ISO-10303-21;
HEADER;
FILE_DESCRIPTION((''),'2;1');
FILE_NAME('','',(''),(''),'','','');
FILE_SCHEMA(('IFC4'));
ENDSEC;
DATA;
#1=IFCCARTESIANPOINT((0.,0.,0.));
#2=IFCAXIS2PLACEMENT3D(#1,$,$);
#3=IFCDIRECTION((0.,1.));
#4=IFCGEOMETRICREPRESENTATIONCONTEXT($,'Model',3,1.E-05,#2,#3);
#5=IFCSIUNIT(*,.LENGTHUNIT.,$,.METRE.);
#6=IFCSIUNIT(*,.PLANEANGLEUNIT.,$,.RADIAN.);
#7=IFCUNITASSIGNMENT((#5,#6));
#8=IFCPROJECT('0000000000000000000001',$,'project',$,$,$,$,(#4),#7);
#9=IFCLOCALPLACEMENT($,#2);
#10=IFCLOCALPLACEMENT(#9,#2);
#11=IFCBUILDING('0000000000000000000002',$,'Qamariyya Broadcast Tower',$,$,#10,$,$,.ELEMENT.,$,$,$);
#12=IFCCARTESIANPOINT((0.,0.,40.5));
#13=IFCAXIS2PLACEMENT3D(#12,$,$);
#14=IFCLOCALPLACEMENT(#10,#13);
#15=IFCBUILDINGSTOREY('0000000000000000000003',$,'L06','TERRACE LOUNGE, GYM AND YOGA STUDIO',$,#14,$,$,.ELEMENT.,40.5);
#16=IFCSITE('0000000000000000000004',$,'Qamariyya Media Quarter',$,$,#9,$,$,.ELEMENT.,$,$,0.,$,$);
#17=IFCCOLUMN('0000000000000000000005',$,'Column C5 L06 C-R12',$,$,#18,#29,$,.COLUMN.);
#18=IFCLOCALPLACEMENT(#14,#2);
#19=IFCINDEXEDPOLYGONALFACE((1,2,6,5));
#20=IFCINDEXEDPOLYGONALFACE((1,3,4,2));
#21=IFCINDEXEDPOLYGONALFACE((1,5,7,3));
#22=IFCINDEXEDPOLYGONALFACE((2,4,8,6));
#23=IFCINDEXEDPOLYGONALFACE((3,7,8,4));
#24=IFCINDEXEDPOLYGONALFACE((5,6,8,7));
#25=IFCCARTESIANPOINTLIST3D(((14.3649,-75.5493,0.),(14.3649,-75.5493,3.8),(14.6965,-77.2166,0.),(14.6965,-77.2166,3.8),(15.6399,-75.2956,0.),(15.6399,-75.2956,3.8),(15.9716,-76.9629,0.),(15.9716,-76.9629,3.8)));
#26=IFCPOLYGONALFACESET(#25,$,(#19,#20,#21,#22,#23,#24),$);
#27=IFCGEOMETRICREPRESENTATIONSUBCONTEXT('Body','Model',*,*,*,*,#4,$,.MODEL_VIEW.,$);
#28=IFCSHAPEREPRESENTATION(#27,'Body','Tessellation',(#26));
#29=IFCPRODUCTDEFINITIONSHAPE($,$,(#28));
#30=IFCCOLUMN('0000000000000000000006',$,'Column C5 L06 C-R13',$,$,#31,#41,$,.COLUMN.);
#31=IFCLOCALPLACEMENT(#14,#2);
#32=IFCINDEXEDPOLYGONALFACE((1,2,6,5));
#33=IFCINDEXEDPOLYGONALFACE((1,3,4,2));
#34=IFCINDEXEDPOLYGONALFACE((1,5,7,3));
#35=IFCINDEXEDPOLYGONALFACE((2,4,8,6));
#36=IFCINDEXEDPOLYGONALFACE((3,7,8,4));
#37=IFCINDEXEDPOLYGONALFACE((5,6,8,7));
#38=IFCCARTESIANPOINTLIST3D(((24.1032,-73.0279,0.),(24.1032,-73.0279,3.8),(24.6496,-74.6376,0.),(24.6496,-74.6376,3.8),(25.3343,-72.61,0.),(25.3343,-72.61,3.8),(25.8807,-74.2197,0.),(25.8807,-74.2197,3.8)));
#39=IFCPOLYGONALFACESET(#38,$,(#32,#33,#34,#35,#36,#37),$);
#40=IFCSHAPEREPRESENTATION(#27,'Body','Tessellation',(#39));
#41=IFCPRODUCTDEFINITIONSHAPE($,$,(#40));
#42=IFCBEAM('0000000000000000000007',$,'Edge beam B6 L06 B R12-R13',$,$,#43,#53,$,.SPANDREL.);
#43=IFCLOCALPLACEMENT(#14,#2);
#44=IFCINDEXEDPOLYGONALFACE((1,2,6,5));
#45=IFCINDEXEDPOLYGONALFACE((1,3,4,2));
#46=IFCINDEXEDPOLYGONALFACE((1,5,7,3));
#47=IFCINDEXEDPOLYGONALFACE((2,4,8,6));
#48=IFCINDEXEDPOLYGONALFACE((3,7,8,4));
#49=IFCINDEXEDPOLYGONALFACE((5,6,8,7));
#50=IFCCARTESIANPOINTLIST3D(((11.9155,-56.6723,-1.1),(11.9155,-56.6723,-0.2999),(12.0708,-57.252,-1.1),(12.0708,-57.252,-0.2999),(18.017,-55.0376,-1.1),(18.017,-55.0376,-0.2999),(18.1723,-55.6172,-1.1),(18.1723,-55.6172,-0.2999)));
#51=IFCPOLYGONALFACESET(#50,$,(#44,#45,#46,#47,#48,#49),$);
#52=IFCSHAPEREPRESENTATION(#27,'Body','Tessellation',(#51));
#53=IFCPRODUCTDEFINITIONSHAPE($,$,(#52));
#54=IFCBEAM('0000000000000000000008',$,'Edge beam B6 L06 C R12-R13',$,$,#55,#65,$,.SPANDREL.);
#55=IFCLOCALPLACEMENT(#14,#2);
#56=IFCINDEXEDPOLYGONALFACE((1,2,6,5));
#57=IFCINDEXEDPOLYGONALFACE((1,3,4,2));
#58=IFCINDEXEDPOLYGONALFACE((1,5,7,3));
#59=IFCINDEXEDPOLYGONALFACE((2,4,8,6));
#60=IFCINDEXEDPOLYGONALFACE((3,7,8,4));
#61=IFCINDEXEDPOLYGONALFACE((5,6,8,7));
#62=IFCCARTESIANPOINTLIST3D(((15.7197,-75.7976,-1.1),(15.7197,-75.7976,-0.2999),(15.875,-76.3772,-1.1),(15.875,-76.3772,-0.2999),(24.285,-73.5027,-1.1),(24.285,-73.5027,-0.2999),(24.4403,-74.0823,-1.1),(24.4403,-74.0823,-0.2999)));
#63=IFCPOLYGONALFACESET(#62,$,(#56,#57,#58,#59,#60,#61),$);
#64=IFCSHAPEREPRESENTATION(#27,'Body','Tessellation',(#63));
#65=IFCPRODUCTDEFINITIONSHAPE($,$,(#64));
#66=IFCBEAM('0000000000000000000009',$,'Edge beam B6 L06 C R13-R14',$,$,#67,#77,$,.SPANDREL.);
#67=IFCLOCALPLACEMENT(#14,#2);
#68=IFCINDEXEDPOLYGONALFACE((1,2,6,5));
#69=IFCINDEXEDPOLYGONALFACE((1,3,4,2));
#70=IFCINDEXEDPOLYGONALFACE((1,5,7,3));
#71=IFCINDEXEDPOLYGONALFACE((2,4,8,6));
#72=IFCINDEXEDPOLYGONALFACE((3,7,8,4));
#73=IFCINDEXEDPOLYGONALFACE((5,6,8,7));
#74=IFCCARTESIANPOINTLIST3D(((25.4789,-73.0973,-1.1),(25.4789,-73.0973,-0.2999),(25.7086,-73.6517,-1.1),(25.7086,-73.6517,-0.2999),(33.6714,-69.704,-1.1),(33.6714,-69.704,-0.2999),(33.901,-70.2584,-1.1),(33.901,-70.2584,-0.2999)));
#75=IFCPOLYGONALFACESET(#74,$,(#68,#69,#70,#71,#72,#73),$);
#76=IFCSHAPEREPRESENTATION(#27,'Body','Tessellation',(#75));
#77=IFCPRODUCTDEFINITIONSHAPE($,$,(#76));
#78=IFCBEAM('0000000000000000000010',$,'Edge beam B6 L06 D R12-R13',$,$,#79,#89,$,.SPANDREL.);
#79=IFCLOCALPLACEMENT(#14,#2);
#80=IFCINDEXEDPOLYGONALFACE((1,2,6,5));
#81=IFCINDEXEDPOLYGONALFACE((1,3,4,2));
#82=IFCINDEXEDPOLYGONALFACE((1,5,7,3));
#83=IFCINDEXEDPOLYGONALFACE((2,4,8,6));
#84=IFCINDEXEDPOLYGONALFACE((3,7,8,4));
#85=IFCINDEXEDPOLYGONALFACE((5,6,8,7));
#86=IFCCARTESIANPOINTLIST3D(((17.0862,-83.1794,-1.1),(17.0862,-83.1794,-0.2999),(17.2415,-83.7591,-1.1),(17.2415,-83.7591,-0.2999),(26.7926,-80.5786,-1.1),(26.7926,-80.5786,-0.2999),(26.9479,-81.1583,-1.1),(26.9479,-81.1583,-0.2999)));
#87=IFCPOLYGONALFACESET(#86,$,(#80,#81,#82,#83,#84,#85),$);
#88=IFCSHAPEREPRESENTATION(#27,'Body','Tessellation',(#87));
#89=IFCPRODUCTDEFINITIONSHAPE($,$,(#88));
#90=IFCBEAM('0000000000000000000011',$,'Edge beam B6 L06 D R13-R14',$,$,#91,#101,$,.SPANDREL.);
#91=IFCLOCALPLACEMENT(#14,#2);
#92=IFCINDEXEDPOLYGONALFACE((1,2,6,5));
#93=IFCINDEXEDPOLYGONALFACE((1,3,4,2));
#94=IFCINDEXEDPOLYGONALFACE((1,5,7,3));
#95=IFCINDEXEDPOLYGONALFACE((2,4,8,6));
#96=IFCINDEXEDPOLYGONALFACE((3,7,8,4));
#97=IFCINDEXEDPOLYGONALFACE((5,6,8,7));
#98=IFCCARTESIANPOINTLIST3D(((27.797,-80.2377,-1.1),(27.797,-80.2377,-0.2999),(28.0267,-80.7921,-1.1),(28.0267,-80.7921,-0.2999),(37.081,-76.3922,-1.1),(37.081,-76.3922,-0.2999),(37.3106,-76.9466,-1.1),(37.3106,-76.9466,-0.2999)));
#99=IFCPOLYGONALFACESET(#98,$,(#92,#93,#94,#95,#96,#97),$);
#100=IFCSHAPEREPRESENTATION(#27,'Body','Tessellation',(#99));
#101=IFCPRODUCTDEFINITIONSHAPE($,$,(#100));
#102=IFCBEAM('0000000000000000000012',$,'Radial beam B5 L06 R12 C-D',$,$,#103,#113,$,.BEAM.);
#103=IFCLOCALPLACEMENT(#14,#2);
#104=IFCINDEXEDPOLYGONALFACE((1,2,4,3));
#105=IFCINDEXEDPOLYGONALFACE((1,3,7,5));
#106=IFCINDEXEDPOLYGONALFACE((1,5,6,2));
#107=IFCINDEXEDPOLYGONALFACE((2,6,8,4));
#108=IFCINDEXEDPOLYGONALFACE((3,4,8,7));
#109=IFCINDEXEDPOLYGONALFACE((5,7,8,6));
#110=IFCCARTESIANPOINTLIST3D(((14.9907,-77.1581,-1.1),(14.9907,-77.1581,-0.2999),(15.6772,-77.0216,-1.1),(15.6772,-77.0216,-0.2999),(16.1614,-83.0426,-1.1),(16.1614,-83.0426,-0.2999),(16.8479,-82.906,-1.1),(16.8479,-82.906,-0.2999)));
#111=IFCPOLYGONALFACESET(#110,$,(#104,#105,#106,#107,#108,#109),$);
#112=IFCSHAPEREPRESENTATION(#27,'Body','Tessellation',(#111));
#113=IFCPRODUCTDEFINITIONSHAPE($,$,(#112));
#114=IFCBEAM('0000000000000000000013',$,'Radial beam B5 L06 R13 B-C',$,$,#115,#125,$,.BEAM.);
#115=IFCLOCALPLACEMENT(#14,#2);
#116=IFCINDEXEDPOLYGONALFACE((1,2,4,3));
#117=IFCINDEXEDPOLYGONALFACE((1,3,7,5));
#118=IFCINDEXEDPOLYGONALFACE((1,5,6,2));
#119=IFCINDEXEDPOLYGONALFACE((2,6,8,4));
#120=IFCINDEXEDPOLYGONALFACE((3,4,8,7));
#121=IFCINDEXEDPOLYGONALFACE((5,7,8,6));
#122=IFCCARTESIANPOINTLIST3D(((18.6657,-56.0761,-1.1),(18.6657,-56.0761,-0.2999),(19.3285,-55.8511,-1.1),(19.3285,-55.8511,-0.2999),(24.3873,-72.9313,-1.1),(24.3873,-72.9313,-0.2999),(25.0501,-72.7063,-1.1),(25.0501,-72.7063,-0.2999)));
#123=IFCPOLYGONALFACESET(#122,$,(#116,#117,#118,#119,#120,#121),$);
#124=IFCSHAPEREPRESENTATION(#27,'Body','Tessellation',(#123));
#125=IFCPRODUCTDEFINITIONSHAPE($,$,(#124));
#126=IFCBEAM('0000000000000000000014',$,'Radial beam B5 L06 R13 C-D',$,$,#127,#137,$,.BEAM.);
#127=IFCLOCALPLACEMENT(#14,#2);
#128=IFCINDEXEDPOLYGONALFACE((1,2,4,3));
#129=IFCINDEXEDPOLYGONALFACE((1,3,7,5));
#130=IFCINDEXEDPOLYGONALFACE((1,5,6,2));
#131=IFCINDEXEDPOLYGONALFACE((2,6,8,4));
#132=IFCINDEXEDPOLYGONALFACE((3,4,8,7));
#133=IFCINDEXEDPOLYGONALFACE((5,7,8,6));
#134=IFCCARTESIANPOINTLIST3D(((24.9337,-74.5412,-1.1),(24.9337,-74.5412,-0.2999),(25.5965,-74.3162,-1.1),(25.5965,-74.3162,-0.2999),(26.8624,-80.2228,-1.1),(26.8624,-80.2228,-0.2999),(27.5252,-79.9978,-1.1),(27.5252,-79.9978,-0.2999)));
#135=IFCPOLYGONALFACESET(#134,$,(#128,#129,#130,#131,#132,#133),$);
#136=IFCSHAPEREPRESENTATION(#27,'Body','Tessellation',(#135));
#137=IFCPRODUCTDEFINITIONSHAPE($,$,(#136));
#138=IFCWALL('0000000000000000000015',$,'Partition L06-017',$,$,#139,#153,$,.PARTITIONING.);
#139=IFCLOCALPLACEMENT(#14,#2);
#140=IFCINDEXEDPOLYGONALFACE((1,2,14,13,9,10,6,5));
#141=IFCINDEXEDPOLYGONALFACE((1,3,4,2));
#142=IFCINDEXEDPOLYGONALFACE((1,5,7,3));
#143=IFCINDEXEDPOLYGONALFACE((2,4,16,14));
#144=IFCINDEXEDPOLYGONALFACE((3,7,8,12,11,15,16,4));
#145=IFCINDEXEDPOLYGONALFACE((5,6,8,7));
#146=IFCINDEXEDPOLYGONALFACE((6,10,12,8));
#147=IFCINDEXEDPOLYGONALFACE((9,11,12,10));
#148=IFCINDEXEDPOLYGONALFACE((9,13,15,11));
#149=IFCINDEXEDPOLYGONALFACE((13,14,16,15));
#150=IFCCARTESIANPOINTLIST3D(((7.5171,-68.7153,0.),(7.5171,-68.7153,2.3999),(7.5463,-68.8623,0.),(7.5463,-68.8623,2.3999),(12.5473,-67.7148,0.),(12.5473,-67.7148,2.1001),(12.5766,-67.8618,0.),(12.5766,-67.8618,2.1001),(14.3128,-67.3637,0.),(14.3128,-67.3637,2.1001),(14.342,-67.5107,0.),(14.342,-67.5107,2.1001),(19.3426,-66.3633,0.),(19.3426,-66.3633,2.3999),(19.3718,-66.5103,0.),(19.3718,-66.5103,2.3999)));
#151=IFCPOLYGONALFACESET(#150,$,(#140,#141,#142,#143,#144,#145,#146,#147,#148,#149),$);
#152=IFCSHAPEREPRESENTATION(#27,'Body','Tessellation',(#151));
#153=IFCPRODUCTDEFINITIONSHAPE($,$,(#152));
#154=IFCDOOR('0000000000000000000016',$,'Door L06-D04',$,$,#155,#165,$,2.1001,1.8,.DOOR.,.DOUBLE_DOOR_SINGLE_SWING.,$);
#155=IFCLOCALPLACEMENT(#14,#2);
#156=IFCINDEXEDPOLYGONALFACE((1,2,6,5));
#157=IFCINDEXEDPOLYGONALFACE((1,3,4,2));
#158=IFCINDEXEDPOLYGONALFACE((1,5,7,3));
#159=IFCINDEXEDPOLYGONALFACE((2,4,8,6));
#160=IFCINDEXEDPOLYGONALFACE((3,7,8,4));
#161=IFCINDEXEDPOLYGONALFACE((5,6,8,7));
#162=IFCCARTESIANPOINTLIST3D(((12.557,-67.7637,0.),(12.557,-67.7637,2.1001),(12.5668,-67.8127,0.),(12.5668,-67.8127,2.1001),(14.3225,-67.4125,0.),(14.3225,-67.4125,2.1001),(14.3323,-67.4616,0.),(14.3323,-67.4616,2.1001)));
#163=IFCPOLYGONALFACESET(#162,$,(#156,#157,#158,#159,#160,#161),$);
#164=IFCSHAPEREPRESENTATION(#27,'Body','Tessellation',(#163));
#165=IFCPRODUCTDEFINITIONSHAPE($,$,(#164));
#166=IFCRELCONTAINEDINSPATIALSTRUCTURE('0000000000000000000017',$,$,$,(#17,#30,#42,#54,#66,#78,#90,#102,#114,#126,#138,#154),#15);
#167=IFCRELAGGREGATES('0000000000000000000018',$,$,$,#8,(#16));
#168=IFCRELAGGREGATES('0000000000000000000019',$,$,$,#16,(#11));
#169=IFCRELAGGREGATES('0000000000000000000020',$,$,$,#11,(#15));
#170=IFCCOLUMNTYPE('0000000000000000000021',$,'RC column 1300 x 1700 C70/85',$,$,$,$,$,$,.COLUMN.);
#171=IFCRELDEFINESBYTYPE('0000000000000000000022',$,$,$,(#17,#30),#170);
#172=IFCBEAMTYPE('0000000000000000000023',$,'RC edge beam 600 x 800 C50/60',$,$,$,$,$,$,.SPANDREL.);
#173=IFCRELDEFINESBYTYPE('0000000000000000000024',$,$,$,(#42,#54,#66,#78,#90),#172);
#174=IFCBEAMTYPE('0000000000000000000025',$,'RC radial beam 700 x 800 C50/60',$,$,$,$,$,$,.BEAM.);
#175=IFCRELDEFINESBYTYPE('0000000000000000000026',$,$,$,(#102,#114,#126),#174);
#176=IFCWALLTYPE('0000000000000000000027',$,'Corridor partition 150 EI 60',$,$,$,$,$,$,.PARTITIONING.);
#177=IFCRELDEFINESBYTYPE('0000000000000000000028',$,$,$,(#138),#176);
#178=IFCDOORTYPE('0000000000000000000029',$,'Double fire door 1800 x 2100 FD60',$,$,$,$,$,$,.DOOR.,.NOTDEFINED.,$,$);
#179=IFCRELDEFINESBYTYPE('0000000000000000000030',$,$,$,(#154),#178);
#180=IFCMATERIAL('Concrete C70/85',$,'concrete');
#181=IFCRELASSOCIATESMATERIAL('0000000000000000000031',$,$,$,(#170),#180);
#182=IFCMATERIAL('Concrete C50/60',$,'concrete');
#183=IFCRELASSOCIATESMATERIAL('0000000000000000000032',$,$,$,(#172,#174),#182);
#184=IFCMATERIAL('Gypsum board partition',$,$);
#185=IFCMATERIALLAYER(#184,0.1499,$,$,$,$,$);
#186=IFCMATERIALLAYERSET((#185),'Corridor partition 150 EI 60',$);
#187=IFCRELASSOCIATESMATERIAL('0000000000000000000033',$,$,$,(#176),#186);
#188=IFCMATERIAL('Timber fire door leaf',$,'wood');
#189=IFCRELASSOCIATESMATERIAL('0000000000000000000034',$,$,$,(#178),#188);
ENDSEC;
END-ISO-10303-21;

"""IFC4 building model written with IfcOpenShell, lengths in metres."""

from ifc_helpers import new_model, si_unit, direction, frame, frame_2d, origin, origin_2d, place, context, subcontext, project, spatial, rectangle, extrude, material, layer, layer_set, material_profile, profile_set, type_object, element, fill, save


model = new_model("IFC4")

# Units and contexts
model_context = context("Model", 3, precision=1e-05, world=origin(), true_north=direction((0.0, 1.0)))
body_context = subcontext(model_context, "Body", "Model", "MODEL_VIEW")
ifc_project = project(units=[si_unit("LENGTHUNIT", "METRE"), si_unit("PLANEANGLEUNIT", "RADIAN")], contexts=[model_context])

# Site, building, storey
site_placement = place(None, origin())
site = spatial("IfcSite", under=ifc_project, at=site_placement, Name="Qamariyya Media Quarter", CompositionType="ELEMENT", RefElevation=0.0)
building_placement = place(site_placement, origin())
building = spatial("IfcBuilding", under=site, at=building_placement, Name="Qamariyya Broadcast Tower", CompositionType="ELEMENT")
storey_placement = place(building_placement, frame((0.0, 0.0, 40.5)))
storey = spatial("IfcBuildingStorey", under=building, at=storey_placement, Name="L06", Description="TERRACE LOUNGE, GYM AND YOGA STUDIO", CompositionType="ELEMENT", Elevation=40.5)

# Columns
ifc_material_1 = material(Name="Concrete C70/85", Category="concrete")
ifc_material_profile_1 = material_profile(ifc_material_1, rectangle(XDim=1.3, YDim=1.7, at=origin_2d()))
ifc_profile_set_1 = profile_set([ifc_material_profile_1], Name="Concrete C70/85")
column_type = type_object("IfcColumnType", Name="RC column 1300 x 1700 C70/85", PredefinedType="COLUMN", material=ifc_profile_set_1)
for number, where, z_axis, x_axis, name in (
    (1, (15.1682, -76.2561, 0.0), (0.0, 0.0, 1.0), (0.980785, 0.19509, 0.0), "Column C5 L06 C-R12"),
    (2, (24.9919, -73.6238, 0.0), (0.0, 0.0, 1.0), (0.94693, 0.321439, 0.0), "Column C5 L06 C-R13"),
):
    element("IfcColumn", number, at=place(storey_placement, frame(where, z_axis=z_axis, x_axis=x_axis)), inside=storey, type_object=column_type, Name=name, PredefinedType="COLUMN", context=body_context, shape_type="SweptSolid", body=[
        extrude(rectangle(XDim=1.3, YDim=1.7, at=origin_2d()), origin(), (0.0, 0.0, 1.0), 3.8),
    ])

# Beams
ifc_material_2 = material(Name="Concrete C50/60", Category="concrete")
ifc_material_profile_2 = material_profile(ifc_material_2, rectangle(XDim=0.6001, YDim=0.8, at=origin_2d()))
ifc_profile_set_2 = profile_set([ifc_material_profile_2], Name="Concrete C50/60")
beam_type_1 = type_object("IfcBeamType", Name="RC edge beam 600 x 800 C50/60", PredefinedType="SPANDREL", material=ifc_profile_set_2)
beam_1_placement = place(storey_placement, frame((11.9932, -56.9622, -0.7), z_axis=(0.965931, 0.258798, 0.0), x_axis=(-0.258798, 0.965931, 0.0)))
element("IfcBeam", 3, at=beam_1_placement, inside=storey, type_object=beam_type_1, Name="Edge beam B6 L06 B R12-R13", PredefinedType="SPANDREL", context=body_context, shape_type="SweptSolid", body=[
    extrude(rectangle(XDim=0.6001, YDim=0.8, at=origin_2d()), origin(), (0.0, 0.0, 1.0), 6.3167),
])
for number, where, z_axis, x_axis, name in (
    (4, (15.7974, -76.0874, -0.7), (0.965931, 0.2588, 0.0), (-0.2588, 0.965931, 0.0), "Edge beam B6 L06 C R12-R13"),
    (5, (25.5938, -73.3745, -0.7), (0.923883, 0.382675, 0.0), (-0.382675, 0.923883, 0.0), "Edge beam B6 L06 C R13-R14"),
):
    element("IfcBeam", number, at=place(storey_placement, frame(where, z_axis=z_axis, x_axis=x_axis)), inside=storey, type_object=beam_type_1, Name=name, PredefinedType="SPANDREL", context=body_context, shape_type="SweptSolid", body=[
        extrude(rectangle(XDim=0.6001, YDim=0.8, at=origin_2d()), origin(), (0.0, 0.0, 1.0), 8.8674),
    ])
for number, where, z_axis, x_axis, name in (
    (6, (17.1638, -83.4692, -0.7), (0.965927, 0.258816, 0.0), (-0.258816, 0.965927, 0.0), "Edge beam B6 L06 D R12-R13"),
    (7, (27.9119, -80.5149, -0.7), (0.923882, 0.382677, 0.0), (-0.382677, 0.923882, 0.0), "Edge beam B6 L06 D R13-R14"),
):
    element("IfcBeam", number, at=place(storey_placement, frame(where, z_axis=z_axis, x_axis=x_axis)), inside=storey, type_object=beam_type_1, Name=name, PredefinedType="SPANDREL", context=body_context, shape_type="SweptSolid", body=[
        extrude(rectangle(XDim=0.6001, YDim=0.8, at=origin_2d()), origin(), (0.0, 0.0, 1.0), 10.0488),
    ])
ifc_material_profile_3 = material_profile(ifc_material_2, rectangle(XDim=0.7, YDim=0.8, at=origin_2d()))
ifc_profile_set_3 = profile_set([ifc_material_profile_3], Name="Concrete C50/60")
beam_type_2 = type_object("IfcBeamType", Name="RC radial beam 700 x 800 C50/60", PredefinedType="BEAM", material=ifc_profile_set_3)
beam_2_placement = place(storey_placement, frame((15.334, -77.0898, -0.7), z_axis=(0.195114, -0.98078, 0.0), x_axis=(0.98078, 0.195114, 0.0)))
element("IfcBeam", 8, at=beam_2_placement, inside=storey, type_object=beam_type_2, Name="Radial beam B5 L06 R12 C-D", PredefinedType="BEAM", context=body_context, shape_type="SweptSolid", body=[
    extrude(rectangle(XDim=0.7, YDim=0.8, at=origin_2d()), origin(), (0.0, 0.0, 1.0), 5.9998),
])
beam_3_placement = place(storey_placement, frame((18.9971, -55.9636, -0.7), z_axis=(0.321445, -0.946928, 0.0), x_axis=(0.946928, 0.321445, 0.0)))
element("IfcBeam", 9, at=beam_3_placement, inside=storey, type_object=beam_type_2, Name="Radial beam B5 L06 R13 B-C", PredefinedType="BEAM", context=body_context, shape_type="SweptSolid", body=[
    extrude(rectangle(XDim=0.7, YDim=0.8, at=origin_2d()), origin(), (0.0, 0.0, 1.0), 17.7998),
])
beam_4_placement = place(storey_placement, frame((25.2651, -74.4287, -0.7), z_axis=(0.321448, -0.946927, 0.0), x_axis=(0.946927, 0.321448, 0.0)))
element("IfcBeam", 10, at=beam_4_placement, inside=storey, type_object=beam_type_2, Name="Radial beam B5 L06 R13 C-D", PredefinedType="BEAM", context=body_context, shape_type="SweptSolid", body=[
    extrude(rectangle(XDim=0.7, YDim=0.8, at=origin_2d()), origin(), (0.0, 0.0, 1.0), 6.0),
])

# Wall, opening, door
ifc_material_3 = material(Name="Gypsum board partition")
ifc_layer_1 = layer(ifc_material_3, 0.1499)
ifc_layer_set_1 = layer_set([ifc_layer_1], Name="Corridor partition 150 EI 60")
wall_type_1 = type_object("IfcWallType", Name="Corridor partition 150 EI 60", PredefinedType="PARTITIONING", material=ifc_layer_set_1)
wall_1_placement = place(storey_placement, frame((19.3572, -66.4368, 0.0), z_axis=(0.0, 0.0, 1.0), x_axis=(-0.980788, -0.195076, 0.0)))
wall_1 = element("IfcWall", 11, at=wall_1_placement, inside=storey, type_object=wall_type_1, Name="Partition L06-017", PredefinedType="PARTITIONING", context=body_context, shape_type="SweptSolid", body=[
    extrude(rectangle(XDim=12.0571, YDim=0.1499, at=frame_2d((6.0286, 0.0))), origin(), (0.0, 0.0, 1.0), 2.3999),
])
opening_1_placement = place(wall_1_placement, frame((5.1284, 0.0, 0.0)))
opening_1 = element("IfcOpeningElement", 12, at=opening_1_placement, cuts=wall_1, PredefinedType="OPENING", context=body_context, shape_type="SweptSolid", body=[
    extrude(rectangle(XDim=1.8, YDim=2.1001, at=frame_2d((0.8999, 1.05))), frame((0.0, 0.085, 0.0), z_axis=(0.0, -1.0, 0.0), x_axis=(1.0, 0.0, 0.0)), (0.0, 0.0, 1.0), 0.1699),
])
ifc_material_4 = material(Name="Timber fire door leaf", Category="wood")
door_type_1 = type_object("IfcDoorType", Name="Double fire door 1800 x 2100 FD60", OperationType="NOTDEFINED", PredefinedType="DOOR", material=ifc_material_4)
door_1_placement = place(opening_1_placement, origin())
door_1 = element("IfcDoor", 13, at=door_1_placement, inside=storey, type_object=door_type_1, Name="Door L06-D04", OperationType="DOUBLE_DOOR_SINGLE_SWING", OverallHeight=2.1001, OverallWidth=1.8, PredefinedType="DOOR", context=body_context, shape_type="SweptSolid", body=[
    extrude(rectangle(XDim=1.8, YDim=2.1001, at=frame_2d((0.8999, 1.05))), frame((0.0, 0.0249, 0.0), z_axis=(0.0, -1.0, 0.0), x_axis=(1.0, 0.0, 0.0)), (0.0, 0.0, 1.0), 0.05),
])
fill(opening_1, door_1)

save(model, "model.ifc")
